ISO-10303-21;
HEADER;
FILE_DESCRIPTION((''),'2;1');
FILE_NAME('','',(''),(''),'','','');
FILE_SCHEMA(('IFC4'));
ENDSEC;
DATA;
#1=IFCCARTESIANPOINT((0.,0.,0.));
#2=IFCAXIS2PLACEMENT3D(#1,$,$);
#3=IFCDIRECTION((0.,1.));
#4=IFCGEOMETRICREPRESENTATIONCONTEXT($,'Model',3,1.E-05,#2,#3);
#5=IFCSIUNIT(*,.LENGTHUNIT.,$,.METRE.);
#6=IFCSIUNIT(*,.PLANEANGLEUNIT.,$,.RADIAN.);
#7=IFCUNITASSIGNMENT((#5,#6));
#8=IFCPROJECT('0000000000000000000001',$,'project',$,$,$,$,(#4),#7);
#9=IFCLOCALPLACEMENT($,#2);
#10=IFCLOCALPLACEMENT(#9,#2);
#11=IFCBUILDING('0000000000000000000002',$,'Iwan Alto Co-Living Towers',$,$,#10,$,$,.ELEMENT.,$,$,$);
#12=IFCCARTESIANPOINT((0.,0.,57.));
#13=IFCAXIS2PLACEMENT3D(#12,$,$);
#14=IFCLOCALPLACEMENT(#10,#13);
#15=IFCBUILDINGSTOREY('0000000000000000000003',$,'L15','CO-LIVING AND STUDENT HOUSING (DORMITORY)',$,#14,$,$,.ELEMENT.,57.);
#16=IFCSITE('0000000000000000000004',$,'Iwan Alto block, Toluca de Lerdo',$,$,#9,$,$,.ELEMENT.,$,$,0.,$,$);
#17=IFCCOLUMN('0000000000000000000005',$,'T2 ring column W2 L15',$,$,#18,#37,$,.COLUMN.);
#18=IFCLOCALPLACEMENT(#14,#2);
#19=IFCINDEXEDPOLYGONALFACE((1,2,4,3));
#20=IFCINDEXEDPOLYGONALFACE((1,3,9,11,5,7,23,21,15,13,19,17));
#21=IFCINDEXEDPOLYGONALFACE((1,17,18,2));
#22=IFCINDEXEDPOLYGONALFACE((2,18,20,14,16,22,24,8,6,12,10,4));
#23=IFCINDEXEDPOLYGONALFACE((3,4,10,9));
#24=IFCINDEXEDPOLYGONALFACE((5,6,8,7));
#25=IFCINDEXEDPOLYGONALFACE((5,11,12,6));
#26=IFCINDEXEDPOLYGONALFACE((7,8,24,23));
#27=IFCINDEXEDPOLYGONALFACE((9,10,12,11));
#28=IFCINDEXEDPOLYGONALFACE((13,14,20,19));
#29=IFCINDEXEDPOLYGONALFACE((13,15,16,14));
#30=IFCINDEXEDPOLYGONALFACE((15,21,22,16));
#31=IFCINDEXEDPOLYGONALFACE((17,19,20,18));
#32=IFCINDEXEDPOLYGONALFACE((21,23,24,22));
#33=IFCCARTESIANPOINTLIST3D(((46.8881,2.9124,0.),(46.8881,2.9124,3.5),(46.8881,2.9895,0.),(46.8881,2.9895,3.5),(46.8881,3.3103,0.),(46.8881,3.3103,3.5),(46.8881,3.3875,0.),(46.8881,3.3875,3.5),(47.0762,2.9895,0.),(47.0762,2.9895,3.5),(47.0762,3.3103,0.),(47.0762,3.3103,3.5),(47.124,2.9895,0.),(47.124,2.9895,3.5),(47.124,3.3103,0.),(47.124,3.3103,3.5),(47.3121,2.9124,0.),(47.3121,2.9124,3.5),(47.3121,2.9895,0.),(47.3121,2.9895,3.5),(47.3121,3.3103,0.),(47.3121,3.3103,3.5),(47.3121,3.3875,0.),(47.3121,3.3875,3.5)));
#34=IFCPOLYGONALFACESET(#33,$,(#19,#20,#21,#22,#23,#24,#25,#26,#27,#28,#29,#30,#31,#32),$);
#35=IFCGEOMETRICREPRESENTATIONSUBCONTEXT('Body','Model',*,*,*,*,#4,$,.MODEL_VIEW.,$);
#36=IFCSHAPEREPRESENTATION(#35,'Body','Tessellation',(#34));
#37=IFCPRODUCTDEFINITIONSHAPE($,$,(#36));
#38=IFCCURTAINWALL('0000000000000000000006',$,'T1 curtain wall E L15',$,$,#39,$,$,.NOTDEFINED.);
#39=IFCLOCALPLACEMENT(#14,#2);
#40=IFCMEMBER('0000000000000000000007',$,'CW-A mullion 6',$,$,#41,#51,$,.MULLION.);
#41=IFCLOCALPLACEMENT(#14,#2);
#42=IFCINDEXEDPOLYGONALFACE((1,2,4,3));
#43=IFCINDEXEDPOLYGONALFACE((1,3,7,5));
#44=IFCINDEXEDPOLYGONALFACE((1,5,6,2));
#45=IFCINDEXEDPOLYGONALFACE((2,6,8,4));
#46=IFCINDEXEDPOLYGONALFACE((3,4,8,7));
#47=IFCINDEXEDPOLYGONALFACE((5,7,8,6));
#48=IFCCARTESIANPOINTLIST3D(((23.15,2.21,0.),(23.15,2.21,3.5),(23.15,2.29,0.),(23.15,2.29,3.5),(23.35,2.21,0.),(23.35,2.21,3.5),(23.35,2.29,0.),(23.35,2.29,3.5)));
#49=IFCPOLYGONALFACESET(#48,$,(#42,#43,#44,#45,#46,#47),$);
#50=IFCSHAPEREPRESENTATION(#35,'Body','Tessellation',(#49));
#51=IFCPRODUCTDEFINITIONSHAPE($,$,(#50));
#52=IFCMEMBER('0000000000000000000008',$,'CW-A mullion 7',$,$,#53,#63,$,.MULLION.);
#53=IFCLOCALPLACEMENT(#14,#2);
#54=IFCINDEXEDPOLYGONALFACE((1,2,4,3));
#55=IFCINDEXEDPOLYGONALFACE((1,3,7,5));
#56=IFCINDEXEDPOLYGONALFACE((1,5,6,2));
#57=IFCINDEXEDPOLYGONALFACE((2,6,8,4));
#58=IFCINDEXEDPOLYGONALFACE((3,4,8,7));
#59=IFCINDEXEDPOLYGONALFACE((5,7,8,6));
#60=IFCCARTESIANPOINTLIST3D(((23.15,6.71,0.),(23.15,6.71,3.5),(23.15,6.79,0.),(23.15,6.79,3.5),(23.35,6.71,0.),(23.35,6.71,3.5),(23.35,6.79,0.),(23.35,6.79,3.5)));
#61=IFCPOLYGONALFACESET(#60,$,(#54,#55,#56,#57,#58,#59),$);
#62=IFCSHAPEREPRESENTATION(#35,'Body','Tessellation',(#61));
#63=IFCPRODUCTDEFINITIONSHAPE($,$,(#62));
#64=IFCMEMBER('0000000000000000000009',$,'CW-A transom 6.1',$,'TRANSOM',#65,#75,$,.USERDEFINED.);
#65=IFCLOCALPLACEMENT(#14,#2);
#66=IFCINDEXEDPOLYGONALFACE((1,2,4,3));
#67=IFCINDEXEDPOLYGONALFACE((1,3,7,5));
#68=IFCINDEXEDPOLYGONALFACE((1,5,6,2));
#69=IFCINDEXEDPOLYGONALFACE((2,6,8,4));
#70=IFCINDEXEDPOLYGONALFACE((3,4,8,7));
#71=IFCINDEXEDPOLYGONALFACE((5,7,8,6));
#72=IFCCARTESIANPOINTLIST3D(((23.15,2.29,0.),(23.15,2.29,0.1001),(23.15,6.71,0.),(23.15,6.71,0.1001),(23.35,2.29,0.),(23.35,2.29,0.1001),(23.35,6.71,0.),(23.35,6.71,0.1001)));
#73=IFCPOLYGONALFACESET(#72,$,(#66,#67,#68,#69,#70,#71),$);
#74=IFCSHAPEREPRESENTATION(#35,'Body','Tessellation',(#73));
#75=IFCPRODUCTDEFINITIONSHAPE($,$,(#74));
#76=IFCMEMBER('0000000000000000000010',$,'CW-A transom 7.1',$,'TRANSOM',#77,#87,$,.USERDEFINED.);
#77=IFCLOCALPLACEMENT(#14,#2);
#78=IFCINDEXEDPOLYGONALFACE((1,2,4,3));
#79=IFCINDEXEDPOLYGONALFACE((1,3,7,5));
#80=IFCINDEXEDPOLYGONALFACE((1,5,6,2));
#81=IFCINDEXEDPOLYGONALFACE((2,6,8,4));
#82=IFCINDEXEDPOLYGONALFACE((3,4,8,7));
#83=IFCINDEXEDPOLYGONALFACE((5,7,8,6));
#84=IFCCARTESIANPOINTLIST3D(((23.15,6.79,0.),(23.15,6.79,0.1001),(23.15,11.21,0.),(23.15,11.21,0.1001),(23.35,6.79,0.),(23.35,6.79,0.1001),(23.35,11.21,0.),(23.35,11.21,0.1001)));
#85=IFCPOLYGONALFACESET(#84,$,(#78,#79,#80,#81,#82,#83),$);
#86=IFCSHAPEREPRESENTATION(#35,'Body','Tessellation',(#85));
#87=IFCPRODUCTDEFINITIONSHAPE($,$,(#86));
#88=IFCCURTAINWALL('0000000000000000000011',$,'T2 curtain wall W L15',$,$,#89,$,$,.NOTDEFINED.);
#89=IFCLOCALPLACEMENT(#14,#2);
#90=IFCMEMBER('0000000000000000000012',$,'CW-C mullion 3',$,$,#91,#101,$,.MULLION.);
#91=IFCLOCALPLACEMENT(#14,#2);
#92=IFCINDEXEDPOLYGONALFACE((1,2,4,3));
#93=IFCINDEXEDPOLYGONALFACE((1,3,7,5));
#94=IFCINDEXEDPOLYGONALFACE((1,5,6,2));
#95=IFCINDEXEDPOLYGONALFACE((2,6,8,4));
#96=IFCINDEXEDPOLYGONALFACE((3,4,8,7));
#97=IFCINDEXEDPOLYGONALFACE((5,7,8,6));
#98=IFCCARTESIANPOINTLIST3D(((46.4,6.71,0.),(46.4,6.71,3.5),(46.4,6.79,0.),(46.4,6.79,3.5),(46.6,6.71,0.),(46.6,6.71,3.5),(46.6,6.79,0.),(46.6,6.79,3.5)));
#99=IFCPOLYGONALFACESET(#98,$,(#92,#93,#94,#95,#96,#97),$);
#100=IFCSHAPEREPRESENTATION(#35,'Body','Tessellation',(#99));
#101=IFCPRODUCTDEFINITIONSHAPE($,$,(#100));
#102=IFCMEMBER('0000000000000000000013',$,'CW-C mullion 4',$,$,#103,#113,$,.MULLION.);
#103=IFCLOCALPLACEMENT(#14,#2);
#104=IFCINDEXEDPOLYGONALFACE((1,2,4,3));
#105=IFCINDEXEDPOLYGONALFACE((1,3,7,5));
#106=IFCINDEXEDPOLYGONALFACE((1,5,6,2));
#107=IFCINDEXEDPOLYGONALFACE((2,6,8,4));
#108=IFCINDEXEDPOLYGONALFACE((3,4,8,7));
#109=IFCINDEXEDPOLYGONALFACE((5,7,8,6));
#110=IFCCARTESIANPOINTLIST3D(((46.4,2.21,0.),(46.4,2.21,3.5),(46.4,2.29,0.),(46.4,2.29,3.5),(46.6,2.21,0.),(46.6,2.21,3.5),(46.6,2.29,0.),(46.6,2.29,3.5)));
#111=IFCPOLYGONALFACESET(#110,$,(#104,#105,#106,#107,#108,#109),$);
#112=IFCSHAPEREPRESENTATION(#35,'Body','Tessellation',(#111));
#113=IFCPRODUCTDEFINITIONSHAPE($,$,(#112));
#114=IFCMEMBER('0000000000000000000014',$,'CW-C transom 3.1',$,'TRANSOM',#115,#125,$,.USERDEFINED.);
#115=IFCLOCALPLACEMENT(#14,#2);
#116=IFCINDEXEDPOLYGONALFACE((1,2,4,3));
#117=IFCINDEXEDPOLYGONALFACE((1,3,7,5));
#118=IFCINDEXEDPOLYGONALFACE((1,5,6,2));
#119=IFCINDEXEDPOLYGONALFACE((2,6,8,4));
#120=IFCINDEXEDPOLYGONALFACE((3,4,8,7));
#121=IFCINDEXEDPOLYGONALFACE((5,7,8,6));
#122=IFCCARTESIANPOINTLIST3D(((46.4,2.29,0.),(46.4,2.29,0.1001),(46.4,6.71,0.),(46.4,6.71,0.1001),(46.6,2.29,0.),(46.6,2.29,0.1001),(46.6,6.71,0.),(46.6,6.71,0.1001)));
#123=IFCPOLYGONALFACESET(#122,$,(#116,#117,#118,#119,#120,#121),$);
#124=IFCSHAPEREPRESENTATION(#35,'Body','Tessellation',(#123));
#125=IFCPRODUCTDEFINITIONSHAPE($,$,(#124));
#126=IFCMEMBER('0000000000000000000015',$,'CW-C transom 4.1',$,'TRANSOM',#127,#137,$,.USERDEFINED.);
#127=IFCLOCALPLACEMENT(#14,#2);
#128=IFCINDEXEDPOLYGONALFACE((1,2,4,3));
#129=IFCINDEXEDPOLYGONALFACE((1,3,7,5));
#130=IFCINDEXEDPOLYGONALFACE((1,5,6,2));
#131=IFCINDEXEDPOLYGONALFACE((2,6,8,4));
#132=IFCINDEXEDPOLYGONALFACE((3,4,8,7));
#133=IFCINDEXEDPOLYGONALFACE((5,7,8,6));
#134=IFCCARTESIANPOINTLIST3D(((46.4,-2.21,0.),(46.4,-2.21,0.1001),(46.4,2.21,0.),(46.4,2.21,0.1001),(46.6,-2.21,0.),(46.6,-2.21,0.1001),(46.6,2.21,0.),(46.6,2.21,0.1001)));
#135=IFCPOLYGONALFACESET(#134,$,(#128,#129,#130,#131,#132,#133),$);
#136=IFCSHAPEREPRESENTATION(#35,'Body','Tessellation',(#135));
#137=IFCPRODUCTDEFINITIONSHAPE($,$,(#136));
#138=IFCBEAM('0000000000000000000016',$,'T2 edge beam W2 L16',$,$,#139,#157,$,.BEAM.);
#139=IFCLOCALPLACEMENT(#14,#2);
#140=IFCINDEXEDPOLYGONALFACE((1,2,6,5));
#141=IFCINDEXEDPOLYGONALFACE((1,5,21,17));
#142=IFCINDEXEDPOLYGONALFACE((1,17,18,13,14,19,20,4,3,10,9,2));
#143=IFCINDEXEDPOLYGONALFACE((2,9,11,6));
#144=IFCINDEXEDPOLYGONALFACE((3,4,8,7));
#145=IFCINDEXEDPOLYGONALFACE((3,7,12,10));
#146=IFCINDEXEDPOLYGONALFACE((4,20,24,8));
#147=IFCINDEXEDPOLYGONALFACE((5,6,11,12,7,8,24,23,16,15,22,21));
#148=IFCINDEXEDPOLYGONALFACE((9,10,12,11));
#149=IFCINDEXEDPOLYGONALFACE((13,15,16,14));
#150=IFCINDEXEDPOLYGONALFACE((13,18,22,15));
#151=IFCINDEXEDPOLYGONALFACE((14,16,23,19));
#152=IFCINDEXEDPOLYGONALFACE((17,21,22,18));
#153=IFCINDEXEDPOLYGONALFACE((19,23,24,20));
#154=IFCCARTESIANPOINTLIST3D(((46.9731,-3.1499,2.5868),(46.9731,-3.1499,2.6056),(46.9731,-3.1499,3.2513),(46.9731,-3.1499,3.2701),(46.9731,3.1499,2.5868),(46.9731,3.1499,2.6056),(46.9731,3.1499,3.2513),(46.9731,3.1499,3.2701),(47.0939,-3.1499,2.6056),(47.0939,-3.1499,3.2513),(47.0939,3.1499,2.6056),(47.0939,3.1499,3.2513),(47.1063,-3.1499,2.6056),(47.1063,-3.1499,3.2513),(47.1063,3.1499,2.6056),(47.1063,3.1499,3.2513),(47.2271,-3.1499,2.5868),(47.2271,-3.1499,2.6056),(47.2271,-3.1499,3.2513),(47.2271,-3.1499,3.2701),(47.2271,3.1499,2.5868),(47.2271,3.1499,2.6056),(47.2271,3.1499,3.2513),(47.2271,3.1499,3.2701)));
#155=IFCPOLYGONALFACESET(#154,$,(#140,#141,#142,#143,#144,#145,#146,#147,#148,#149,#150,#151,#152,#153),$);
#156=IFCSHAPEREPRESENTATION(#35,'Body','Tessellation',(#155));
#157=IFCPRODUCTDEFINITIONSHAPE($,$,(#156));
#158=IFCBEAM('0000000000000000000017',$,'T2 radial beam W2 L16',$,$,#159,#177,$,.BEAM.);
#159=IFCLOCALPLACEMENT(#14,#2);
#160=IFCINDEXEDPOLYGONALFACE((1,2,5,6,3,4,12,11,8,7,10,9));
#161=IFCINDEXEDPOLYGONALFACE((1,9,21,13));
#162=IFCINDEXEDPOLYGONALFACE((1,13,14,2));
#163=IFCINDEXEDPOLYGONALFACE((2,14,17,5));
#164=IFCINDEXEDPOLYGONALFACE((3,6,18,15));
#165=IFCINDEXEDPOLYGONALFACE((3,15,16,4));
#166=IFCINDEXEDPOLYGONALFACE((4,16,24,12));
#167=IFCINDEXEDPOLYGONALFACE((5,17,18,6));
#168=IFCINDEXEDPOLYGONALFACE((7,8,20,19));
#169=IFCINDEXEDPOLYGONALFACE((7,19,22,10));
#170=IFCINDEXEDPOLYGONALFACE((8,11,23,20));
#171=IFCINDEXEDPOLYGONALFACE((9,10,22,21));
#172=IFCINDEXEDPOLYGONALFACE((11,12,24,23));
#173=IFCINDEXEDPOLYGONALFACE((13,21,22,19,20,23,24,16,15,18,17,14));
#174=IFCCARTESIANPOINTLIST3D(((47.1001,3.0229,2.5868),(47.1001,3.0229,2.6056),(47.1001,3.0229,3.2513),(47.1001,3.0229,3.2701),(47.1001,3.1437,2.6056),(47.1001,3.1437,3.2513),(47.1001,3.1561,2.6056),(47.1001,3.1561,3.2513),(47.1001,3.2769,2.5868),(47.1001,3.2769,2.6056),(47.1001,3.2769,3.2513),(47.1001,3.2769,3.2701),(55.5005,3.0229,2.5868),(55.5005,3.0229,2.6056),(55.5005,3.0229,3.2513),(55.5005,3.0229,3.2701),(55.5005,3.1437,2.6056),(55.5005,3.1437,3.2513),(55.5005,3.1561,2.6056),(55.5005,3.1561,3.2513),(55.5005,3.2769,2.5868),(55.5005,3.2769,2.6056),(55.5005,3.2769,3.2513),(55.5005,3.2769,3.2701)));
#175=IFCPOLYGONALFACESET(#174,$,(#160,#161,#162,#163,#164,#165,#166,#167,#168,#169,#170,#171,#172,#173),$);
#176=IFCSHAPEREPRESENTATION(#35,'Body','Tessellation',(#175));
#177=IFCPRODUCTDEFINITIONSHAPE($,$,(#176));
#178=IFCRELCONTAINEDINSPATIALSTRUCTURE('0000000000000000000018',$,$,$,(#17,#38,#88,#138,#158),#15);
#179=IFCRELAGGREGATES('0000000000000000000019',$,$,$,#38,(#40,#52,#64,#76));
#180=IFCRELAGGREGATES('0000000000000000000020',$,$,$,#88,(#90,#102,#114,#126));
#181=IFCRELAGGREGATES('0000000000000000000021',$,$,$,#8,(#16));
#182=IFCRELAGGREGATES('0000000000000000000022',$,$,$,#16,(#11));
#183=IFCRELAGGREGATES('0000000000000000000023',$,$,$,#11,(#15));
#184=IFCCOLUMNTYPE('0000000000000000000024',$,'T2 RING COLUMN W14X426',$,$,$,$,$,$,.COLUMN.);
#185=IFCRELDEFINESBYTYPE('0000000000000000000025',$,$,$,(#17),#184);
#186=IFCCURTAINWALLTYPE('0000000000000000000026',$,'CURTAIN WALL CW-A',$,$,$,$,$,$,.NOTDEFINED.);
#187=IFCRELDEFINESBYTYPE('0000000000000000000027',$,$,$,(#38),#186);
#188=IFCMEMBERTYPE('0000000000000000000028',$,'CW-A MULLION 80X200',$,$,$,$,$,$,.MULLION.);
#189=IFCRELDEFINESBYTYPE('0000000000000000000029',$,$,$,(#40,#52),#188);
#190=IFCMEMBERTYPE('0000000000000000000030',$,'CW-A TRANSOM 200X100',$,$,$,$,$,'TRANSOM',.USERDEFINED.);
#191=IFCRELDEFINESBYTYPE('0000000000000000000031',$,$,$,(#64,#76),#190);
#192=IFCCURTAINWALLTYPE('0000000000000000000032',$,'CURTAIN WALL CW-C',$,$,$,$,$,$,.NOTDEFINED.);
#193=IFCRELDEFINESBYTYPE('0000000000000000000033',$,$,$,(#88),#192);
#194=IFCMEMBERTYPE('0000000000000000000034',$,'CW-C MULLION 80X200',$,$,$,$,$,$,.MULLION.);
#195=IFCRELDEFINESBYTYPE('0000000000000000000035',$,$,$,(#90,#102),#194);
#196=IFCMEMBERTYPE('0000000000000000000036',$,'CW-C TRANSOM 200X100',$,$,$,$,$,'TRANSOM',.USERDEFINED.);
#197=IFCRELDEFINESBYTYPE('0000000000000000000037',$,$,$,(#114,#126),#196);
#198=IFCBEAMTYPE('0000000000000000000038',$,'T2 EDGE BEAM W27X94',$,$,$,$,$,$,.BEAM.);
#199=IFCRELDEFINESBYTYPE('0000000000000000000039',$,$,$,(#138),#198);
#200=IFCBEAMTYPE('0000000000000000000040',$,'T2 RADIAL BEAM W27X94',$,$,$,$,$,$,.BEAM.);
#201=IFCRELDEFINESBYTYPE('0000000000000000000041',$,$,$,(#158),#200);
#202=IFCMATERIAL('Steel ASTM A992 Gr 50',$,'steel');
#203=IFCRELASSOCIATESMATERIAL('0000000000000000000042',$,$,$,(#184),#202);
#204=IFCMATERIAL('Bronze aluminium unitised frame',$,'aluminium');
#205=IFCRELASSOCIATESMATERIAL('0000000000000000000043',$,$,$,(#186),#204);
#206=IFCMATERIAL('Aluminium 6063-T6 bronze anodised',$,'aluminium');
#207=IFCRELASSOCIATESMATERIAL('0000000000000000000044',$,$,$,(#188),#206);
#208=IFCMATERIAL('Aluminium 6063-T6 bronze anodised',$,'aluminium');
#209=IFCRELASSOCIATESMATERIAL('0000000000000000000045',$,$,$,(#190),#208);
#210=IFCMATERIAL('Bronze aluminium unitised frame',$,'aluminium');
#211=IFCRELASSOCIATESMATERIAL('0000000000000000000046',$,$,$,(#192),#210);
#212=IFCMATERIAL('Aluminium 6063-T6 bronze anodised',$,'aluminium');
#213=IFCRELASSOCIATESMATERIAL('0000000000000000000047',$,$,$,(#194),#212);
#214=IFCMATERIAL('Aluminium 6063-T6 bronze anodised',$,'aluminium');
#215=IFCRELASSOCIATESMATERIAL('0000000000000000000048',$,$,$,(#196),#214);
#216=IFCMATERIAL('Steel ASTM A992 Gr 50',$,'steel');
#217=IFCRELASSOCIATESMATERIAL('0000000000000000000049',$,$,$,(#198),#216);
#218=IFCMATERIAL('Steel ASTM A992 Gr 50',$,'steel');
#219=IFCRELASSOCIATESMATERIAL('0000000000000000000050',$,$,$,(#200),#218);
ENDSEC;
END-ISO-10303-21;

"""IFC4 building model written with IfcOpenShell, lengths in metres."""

from ifc_helpers import new_model, si_unit, direction, frame, origin, origin_2d, place, context, subcontext, project, spatial, rectangle, i_section, extrude, material, material_profile, profile_set, type_object, element, aggregate, save


model = new_model("IFC4")

# Units and contexts
model_context = context("Model", 3, precision=1e-05, world=origin(), true_north=direction((0.0, 1.0)))
body_context = subcontext(model_context, "Body", "Model", "MODEL_VIEW")
ifc_project = project(units=[si_unit("LENGTHUNIT", "METRE"), si_unit("PLANEANGLEUNIT", "RADIAN")], contexts=[model_context])

# Site, building, storey
site_placement = place(None, origin())
site = spatial("IfcSite", under=ifc_project, at=site_placement, Name="Iwan Alto block, Toluca de Lerdo", CompositionType="ELEMENT", RefElevation=0.0)
building_placement = place(site_placement, origin())
building = spatial("IfcBuilding", under=site, at=building_placement, Name="Iwan Alto Co-Living Towers", CompositionType="ELEMENT")
storey_placement = place(building_placement, frame((0.0, 0.0, 57.0)))
storey = spatial("IfcBuildingStorey", under=building, at=storey_placement, Name="L15", Description="CO-LIVING AND STUDENT HOUSING (DORMITORY)", CompositionType="ELEMENT", Elevation=57.0)

# Column
ifc_material_1 = material(Name="Steel ASTM A992 Gr 50", Category="steel")
ifc_material_profile_1 = material_profile(ifc_material_1, i_section(OverallWidth=0.4241, OverallDepth=0.4751, WebThickness=0.0479, FlangeThickness=0.0771, at=origin_2d()), Name="W14X426")
ifc_profile_set_1 = profile_set([ifc_material_profile_1], Name="Steel ASTM A992 Gr 50")
column_type = type_object("IfcColumnType", Name="T2 RING COLUMN W14X426", PredefinedType="COLUMN", material=ifc_profile_set_1)
column_placement = place(storey_placement, frame((47.1001, 3.1499, 0.0), z_axis=(0.0, 0.0, 1.0), x_axis=(1.0, 0.0, 0.0)))
element("IfcColumn", 1, at=column_placement, inside=storey, type_object=column_type, Name="T2 ring column W2 L15", PredefinedType="COLUMN", context=body_context, shape_type="SweptSolid", body=[
    extrude(i_section(OverallWidth=0.4241, OverallDepth=0.4751, WebThickness=0.0479, FlangeThickness=0.0771, at=origin_2d()), origin(), (0.0, 0.0, 1.0), 3.5),
])

# Curtain walls, members
ifc_material_2 = material(Name="Bronze aluminium unitised frame", Category="aluminium")
curtain_wall_type_1 = type_object("IfcCurtainWallType", Name="CURTAIN WALL CW-A", PredefinedType="NOTDEFINED", material=ifc_material_2)
curtain_wall_1_placement = place(storey_placement, origin())
curtain_wall_1 = element("IfcCurtainWall", 2, at=curtain_wall_1_placement, inside=storey, type_object=curtain_wall_type_1, Name="T1 curtain wall E L15", PredefinedType="NOTDEFINED")
ifc_material_3 = material(Name="Aluminium 6063-T6 bronze anodised", Category="aluminium")
ifc_material_profile_2 = material_profile(ifc_material_3, rectangle(XDim=0.2, YDim=0.0801, at=origin_2d()), Name="AL 80X200")
ifc_profile_set_2 = profile_set([ifc_material_profile_2], Name="Aluminium 6063-T6 bronze anodised")
member_type_1 = type_object("IfcMemberType", Name="CW-A MULLION 80X200", PredefinedType="MULLION", material=ifc_profile_set_2)
member_1_placement = place(storey_placement, frame((23.25, 2.25, 0.0), z_axis=(0.0, 0.0, 1.0), x_axis=(-1.0, 0.0, 0.0)))
member_1 = element("IfcMember", 3, at=member_1_placement, type_object=member_type_1, Name="CW-A mullion 6", PredefinedType="MULLION", context=body_context, shape_type="SweptSolid", body=[
    extrude(rectangle(XDim=0.2, YDim=0.0801, at=origin_2d()), origin(), (0.0, 0.0, 1.0), 3.5),
])
member_2_placement = place(storey_placement, frame((23.25, 6.75, 0.0), z_axis=(0.0, 0.0, 1.0), x_axis=(-1.0, 0.0, 0.0)))
member_2 = element("IfcMember", 4, at=member_2_placement, type_object=member_type_1, Name="CW-A mullion 7", PredefinedType="MULLION", context=body_context, shape_type="SweptSolid", body=[
    extrude(rectangle(XDim=0.2, YDim=0.0801, at=origin_2d()), origin(), (0.0, 0.0, 1.0), 3.5),
])
ifc_material_4 = material(Name="Aluminium 6063-T6 bronze anodised", Category="aluminium")
ifc_material_profile_3 = material_profile(ifc_material_4, rectangle(XDim=0.2, YDim=0.1001, at=origin_2d()), Name="AL 200X100")
ifc_profile_set_3 = profile_set([ifc_material_profile_3], Name="Aluminium 6063-T6 bronze anodised")
member_type_2 = type_object("IfcMemberType", Name="CW-A TRANSOM 200X100", ElementType="TRANSOM", PredefinedType="USERDEFINED", material=ifc_profile_set_3)
member_3_placement = place(storey_placement, frame((23.25, 2.29, 0.05), z_axis=(0.0, 1.0, 0.0), x_axis=(-1.0, 0.0, 0.0)))
member_3 = element("IfcMember", 5, at=member_3_placement, type_object=member_type_2, Name="CW-A transom 6.1", ObjectType="TRANSOM", PredefinedType="USERDEFINED", context=body_context, shape_type="SweptSolid", body=[
    extrude(rectangle(XDim=0.2, YDim=0.1001, at=origin_2d()), origin(), (0.0, 0.0, 1.0), 4.4199),
])
member_4_placement = place(storey_placement, frame((23.25, 6.79, 0.05), z_axis=(0.0, 1.0, 0.0), x_axis=(-1.0, 0.0, 0.0)))
member_4 = element("IfcMember", 6, at=member_4_placement, type_object=member_type_2, Name="CW-A transom 7.1", ObjectType="TRANSOM", PredefinedType="USERDEFINED", context=body_context, shape_type="SweptSolid", body=[
    extrude(rectangle(XDim=0.2, YDim=0.1001, at=origin_2d()), origin(), (0.0, 0.0, 1.0), 4.4199),
])
ifc_material_5 = material(Name="Bronze aluminium unitised frame", Category="aluminium")
curtain_wall_type_2 = type_object("IfcCurtainWallType", Name="CURTAIN WALL CW-C", PredefinedType="NOTDEFINED", material=ifc_material_5)
curtain_wall_2_placement = place(storey_placement, origin())
curtain_wall_2 = element("IfcCurtainWall", 7, at=curtain_wall_2_placement, inside=storey, type_object=curtain_wall_type_2, Name="T2 curtain wall W L15", PredefinedType="NOTDEFINED")
ifc_material_6 = material(Name="Aluminium 6063-T6 bronze anodised", Category="aluminium")
ifc_material_profile_4 = material_profile(ifc_material_6, rectangle(XDim=0.2, YDim=0.0801, at=origin_2d()), Name="AL 80X200")
ifc_profile_set_4 = profile_set([ifc_material_profile_4], Name="Aluminium 6063-T6 bronze anodised")
member_type_3 = type_object("IfcMemberType", Name="CW-C MULLION 80X200", PredefinedType="MULLION", material=ifc_profile_set_4)
member_5_placement = place(storey_placement, frame((46.5, 6.75, 0.0), z_axis=(0.0, 0.0, 1.0), x_axis=(1.0, 0.0, 0.0)))
member_5 = element("IfcMember", 8, at=member_5_placement, type_object=member_type_3, Name="CW-C mullion 3", PredefinedType="MULLION", context=body_context, shape_type="SweptSolid", body=[
    extrude(rectangle(XDim=0.2, YDim=0.0801, at=origin_2d()), origin(), (0.0, 0.0, 1.0), 3.5),
])
member_6_placement = place(storey_placement, frame((46.5, 2.25, 0.0), z_axis=(0.0, 0.0, 1.0), x_axis=(1.0, 0.0, 0.0)))
member_6 = element("IfcMember", 9, at=member_6_placement, type_object=member_type_3, Name="CW-C mullion 4", PredefinedType="MULLION", context=body_context, shape_type="SweptSolid", body=[
    extrude(rectangle(XDim=0.2, YDim=0.0801, at=origin_2d()), origin(), (0.0, 0.0, 1.0), 3.5),
])
ifc_material_7 = material(Name="Aluminium 6063-T6 bronze anodised", Category="aluminium")
ifc_material_profile_5 = material_profile(ifc_material_7, rectangle(XDim=0.2, YDim=0.1001, at=origin_2d()), Name="AL 200X100")
ifc_profile_set_5 = profile_set([ifc_material_profile_5], Name="Aluminium 6063-T6 bronze anodised")
member_type_4 = type_object("IfcMemberType", Name="CW-C TRANSOM 200X100", ElementType="TRANSOM", PredefinedType="USERDEFINED", material=ifc_profile_set_5)
member_7_placement = place(storey_placement, frame((46.5, 6.71, 0.05), z_axis=(0.0, -1.0, 0.0), x_axis=(1.0, 0.0, 0.0)))
member_7 = element("IfcMember", 10, at=member_7_placement, type_object=member_type_4, Name="CW-C transom 3.1", ObjectType="TRANSOM", PredefinedType="USERDEFINED", context=body_context, shape_type="SweptSolid", body=[
    extrude(rectangle(XDim=0.2, YDim=0.1001, at=origin_2d()), origin(), (0.0, 0.0, 1.0), 4.4199),
])
member_8_placement = place(storey_placement, frame((46.5, 2.21, 0.05), z_axis=(0.0, -1.0, 0.0), x_axis=(1.0, 0.0, 0.0)))
member_8 = element("IfcMember", 11, at=member_8_placement, type_object=member_type_4, Name="CW-C transom 4.1", ObjectType="TRANSOM", PredefinedType="USERDEFINED", context=body_context, shape_type="SweptSolid", body=[
    extrude(rectangle(XDim=0.2, YDim=0.1001, at=origin_2d()), origin(), (0.0, 0.0, 1.0), 4.4199),
])

# Beams
ifc_material_8 = material(Name="Steel ASTM A992 Gr 50", Category="steel")
ifc_material_profile_6 = material_profile(ifc_material_8, i_section(OverallWidth=0.2539, OverallDepth=0.6833, WebThickness=0.0125, FlangeThickness=0.0188, at=origin_2d()), Name="W27X94")
ifc_profile_set_6 = profile_set([ifc_material_profile_6], Name="Steel ASTM A992 Gr 50")
beam_type_1 = type_object("IfcBeamType", Name="T2 EDGE BEAM W27X94", PredefinedType="BEAM", material=ifc_profile_set_6)
beam_1_placement = place(storey_placement, frame((47.1001, 3.1499, 2.9285), z_axis=(0.0, -1.0, 0.0), x_axis=(1.0, 0.0, 0.0)))
element("IfcBeam", 12, at=beam_1_placement, inside=storey, type_object=beam_type_1, Name="T2 edge beam W2 L16", PredefinedType="BEAM", context=body_context, shape_type="SweptSolid", body=[
    extrude(i_section(OverallWidth=0.2539, OverallDepth=0.6833, WebThickness=0.0125, FlangeThickness=0.0188, at=origin_2d()), origin(), (0.0, 0.0, 1.0), 6.2998),
])
ifc_material_9 = material(Name="Steel ASTM A992 Gr 50", Category="steel")
ifc_material_profile_7 = material_profile(ifc_material_9, i_section(OverallWidth=0.2539, OverallDepth=0.6833, WebThickness=0.0125, FlangeThickness=0.0188, at=origin_2d()), Name="W27X94")
ifc_profile_set_7 = profile_set([ifc_material_profile_7], Name="Steel ASTM A992 Gr 50")
beam_type_2 = type_object("IfcBeamType", Name="T2 RADIAL BEAM W27X94", PredefinedType="BEAM", material=ifc_profile_set_7)
beam_2_placement = place(storey_placement, frame((47.1001, 3.1499, 2.9285), z_axis=(1.0, 0.0, 0.0), x_axis=(0.0, 1.0, 0.0)))
element("IfcBeam", 13, at=beam_2_placement, inside=storey, type_object=beam_type_2, Name="T2 radial beam W2 L16", PredefinedType="BEAM", context=body_context, shape_type="SweptSolid", body=[
    extrude(i_section(OverallWidth=0.2539, OverallDepth=0.6833, WebThickness=0.0125, FlangeThickness=0.0188, at=origin_2d()), origin(), (0.0, 0.0, 1.0), 8.4004),
])

aggregate(curtain_wall_1, [member_1, member_2, member_3, member_4])
aggregate(curtain_wall_2, [member_5, member_6, member_7, member_8])

save(model, "model.ifc")
